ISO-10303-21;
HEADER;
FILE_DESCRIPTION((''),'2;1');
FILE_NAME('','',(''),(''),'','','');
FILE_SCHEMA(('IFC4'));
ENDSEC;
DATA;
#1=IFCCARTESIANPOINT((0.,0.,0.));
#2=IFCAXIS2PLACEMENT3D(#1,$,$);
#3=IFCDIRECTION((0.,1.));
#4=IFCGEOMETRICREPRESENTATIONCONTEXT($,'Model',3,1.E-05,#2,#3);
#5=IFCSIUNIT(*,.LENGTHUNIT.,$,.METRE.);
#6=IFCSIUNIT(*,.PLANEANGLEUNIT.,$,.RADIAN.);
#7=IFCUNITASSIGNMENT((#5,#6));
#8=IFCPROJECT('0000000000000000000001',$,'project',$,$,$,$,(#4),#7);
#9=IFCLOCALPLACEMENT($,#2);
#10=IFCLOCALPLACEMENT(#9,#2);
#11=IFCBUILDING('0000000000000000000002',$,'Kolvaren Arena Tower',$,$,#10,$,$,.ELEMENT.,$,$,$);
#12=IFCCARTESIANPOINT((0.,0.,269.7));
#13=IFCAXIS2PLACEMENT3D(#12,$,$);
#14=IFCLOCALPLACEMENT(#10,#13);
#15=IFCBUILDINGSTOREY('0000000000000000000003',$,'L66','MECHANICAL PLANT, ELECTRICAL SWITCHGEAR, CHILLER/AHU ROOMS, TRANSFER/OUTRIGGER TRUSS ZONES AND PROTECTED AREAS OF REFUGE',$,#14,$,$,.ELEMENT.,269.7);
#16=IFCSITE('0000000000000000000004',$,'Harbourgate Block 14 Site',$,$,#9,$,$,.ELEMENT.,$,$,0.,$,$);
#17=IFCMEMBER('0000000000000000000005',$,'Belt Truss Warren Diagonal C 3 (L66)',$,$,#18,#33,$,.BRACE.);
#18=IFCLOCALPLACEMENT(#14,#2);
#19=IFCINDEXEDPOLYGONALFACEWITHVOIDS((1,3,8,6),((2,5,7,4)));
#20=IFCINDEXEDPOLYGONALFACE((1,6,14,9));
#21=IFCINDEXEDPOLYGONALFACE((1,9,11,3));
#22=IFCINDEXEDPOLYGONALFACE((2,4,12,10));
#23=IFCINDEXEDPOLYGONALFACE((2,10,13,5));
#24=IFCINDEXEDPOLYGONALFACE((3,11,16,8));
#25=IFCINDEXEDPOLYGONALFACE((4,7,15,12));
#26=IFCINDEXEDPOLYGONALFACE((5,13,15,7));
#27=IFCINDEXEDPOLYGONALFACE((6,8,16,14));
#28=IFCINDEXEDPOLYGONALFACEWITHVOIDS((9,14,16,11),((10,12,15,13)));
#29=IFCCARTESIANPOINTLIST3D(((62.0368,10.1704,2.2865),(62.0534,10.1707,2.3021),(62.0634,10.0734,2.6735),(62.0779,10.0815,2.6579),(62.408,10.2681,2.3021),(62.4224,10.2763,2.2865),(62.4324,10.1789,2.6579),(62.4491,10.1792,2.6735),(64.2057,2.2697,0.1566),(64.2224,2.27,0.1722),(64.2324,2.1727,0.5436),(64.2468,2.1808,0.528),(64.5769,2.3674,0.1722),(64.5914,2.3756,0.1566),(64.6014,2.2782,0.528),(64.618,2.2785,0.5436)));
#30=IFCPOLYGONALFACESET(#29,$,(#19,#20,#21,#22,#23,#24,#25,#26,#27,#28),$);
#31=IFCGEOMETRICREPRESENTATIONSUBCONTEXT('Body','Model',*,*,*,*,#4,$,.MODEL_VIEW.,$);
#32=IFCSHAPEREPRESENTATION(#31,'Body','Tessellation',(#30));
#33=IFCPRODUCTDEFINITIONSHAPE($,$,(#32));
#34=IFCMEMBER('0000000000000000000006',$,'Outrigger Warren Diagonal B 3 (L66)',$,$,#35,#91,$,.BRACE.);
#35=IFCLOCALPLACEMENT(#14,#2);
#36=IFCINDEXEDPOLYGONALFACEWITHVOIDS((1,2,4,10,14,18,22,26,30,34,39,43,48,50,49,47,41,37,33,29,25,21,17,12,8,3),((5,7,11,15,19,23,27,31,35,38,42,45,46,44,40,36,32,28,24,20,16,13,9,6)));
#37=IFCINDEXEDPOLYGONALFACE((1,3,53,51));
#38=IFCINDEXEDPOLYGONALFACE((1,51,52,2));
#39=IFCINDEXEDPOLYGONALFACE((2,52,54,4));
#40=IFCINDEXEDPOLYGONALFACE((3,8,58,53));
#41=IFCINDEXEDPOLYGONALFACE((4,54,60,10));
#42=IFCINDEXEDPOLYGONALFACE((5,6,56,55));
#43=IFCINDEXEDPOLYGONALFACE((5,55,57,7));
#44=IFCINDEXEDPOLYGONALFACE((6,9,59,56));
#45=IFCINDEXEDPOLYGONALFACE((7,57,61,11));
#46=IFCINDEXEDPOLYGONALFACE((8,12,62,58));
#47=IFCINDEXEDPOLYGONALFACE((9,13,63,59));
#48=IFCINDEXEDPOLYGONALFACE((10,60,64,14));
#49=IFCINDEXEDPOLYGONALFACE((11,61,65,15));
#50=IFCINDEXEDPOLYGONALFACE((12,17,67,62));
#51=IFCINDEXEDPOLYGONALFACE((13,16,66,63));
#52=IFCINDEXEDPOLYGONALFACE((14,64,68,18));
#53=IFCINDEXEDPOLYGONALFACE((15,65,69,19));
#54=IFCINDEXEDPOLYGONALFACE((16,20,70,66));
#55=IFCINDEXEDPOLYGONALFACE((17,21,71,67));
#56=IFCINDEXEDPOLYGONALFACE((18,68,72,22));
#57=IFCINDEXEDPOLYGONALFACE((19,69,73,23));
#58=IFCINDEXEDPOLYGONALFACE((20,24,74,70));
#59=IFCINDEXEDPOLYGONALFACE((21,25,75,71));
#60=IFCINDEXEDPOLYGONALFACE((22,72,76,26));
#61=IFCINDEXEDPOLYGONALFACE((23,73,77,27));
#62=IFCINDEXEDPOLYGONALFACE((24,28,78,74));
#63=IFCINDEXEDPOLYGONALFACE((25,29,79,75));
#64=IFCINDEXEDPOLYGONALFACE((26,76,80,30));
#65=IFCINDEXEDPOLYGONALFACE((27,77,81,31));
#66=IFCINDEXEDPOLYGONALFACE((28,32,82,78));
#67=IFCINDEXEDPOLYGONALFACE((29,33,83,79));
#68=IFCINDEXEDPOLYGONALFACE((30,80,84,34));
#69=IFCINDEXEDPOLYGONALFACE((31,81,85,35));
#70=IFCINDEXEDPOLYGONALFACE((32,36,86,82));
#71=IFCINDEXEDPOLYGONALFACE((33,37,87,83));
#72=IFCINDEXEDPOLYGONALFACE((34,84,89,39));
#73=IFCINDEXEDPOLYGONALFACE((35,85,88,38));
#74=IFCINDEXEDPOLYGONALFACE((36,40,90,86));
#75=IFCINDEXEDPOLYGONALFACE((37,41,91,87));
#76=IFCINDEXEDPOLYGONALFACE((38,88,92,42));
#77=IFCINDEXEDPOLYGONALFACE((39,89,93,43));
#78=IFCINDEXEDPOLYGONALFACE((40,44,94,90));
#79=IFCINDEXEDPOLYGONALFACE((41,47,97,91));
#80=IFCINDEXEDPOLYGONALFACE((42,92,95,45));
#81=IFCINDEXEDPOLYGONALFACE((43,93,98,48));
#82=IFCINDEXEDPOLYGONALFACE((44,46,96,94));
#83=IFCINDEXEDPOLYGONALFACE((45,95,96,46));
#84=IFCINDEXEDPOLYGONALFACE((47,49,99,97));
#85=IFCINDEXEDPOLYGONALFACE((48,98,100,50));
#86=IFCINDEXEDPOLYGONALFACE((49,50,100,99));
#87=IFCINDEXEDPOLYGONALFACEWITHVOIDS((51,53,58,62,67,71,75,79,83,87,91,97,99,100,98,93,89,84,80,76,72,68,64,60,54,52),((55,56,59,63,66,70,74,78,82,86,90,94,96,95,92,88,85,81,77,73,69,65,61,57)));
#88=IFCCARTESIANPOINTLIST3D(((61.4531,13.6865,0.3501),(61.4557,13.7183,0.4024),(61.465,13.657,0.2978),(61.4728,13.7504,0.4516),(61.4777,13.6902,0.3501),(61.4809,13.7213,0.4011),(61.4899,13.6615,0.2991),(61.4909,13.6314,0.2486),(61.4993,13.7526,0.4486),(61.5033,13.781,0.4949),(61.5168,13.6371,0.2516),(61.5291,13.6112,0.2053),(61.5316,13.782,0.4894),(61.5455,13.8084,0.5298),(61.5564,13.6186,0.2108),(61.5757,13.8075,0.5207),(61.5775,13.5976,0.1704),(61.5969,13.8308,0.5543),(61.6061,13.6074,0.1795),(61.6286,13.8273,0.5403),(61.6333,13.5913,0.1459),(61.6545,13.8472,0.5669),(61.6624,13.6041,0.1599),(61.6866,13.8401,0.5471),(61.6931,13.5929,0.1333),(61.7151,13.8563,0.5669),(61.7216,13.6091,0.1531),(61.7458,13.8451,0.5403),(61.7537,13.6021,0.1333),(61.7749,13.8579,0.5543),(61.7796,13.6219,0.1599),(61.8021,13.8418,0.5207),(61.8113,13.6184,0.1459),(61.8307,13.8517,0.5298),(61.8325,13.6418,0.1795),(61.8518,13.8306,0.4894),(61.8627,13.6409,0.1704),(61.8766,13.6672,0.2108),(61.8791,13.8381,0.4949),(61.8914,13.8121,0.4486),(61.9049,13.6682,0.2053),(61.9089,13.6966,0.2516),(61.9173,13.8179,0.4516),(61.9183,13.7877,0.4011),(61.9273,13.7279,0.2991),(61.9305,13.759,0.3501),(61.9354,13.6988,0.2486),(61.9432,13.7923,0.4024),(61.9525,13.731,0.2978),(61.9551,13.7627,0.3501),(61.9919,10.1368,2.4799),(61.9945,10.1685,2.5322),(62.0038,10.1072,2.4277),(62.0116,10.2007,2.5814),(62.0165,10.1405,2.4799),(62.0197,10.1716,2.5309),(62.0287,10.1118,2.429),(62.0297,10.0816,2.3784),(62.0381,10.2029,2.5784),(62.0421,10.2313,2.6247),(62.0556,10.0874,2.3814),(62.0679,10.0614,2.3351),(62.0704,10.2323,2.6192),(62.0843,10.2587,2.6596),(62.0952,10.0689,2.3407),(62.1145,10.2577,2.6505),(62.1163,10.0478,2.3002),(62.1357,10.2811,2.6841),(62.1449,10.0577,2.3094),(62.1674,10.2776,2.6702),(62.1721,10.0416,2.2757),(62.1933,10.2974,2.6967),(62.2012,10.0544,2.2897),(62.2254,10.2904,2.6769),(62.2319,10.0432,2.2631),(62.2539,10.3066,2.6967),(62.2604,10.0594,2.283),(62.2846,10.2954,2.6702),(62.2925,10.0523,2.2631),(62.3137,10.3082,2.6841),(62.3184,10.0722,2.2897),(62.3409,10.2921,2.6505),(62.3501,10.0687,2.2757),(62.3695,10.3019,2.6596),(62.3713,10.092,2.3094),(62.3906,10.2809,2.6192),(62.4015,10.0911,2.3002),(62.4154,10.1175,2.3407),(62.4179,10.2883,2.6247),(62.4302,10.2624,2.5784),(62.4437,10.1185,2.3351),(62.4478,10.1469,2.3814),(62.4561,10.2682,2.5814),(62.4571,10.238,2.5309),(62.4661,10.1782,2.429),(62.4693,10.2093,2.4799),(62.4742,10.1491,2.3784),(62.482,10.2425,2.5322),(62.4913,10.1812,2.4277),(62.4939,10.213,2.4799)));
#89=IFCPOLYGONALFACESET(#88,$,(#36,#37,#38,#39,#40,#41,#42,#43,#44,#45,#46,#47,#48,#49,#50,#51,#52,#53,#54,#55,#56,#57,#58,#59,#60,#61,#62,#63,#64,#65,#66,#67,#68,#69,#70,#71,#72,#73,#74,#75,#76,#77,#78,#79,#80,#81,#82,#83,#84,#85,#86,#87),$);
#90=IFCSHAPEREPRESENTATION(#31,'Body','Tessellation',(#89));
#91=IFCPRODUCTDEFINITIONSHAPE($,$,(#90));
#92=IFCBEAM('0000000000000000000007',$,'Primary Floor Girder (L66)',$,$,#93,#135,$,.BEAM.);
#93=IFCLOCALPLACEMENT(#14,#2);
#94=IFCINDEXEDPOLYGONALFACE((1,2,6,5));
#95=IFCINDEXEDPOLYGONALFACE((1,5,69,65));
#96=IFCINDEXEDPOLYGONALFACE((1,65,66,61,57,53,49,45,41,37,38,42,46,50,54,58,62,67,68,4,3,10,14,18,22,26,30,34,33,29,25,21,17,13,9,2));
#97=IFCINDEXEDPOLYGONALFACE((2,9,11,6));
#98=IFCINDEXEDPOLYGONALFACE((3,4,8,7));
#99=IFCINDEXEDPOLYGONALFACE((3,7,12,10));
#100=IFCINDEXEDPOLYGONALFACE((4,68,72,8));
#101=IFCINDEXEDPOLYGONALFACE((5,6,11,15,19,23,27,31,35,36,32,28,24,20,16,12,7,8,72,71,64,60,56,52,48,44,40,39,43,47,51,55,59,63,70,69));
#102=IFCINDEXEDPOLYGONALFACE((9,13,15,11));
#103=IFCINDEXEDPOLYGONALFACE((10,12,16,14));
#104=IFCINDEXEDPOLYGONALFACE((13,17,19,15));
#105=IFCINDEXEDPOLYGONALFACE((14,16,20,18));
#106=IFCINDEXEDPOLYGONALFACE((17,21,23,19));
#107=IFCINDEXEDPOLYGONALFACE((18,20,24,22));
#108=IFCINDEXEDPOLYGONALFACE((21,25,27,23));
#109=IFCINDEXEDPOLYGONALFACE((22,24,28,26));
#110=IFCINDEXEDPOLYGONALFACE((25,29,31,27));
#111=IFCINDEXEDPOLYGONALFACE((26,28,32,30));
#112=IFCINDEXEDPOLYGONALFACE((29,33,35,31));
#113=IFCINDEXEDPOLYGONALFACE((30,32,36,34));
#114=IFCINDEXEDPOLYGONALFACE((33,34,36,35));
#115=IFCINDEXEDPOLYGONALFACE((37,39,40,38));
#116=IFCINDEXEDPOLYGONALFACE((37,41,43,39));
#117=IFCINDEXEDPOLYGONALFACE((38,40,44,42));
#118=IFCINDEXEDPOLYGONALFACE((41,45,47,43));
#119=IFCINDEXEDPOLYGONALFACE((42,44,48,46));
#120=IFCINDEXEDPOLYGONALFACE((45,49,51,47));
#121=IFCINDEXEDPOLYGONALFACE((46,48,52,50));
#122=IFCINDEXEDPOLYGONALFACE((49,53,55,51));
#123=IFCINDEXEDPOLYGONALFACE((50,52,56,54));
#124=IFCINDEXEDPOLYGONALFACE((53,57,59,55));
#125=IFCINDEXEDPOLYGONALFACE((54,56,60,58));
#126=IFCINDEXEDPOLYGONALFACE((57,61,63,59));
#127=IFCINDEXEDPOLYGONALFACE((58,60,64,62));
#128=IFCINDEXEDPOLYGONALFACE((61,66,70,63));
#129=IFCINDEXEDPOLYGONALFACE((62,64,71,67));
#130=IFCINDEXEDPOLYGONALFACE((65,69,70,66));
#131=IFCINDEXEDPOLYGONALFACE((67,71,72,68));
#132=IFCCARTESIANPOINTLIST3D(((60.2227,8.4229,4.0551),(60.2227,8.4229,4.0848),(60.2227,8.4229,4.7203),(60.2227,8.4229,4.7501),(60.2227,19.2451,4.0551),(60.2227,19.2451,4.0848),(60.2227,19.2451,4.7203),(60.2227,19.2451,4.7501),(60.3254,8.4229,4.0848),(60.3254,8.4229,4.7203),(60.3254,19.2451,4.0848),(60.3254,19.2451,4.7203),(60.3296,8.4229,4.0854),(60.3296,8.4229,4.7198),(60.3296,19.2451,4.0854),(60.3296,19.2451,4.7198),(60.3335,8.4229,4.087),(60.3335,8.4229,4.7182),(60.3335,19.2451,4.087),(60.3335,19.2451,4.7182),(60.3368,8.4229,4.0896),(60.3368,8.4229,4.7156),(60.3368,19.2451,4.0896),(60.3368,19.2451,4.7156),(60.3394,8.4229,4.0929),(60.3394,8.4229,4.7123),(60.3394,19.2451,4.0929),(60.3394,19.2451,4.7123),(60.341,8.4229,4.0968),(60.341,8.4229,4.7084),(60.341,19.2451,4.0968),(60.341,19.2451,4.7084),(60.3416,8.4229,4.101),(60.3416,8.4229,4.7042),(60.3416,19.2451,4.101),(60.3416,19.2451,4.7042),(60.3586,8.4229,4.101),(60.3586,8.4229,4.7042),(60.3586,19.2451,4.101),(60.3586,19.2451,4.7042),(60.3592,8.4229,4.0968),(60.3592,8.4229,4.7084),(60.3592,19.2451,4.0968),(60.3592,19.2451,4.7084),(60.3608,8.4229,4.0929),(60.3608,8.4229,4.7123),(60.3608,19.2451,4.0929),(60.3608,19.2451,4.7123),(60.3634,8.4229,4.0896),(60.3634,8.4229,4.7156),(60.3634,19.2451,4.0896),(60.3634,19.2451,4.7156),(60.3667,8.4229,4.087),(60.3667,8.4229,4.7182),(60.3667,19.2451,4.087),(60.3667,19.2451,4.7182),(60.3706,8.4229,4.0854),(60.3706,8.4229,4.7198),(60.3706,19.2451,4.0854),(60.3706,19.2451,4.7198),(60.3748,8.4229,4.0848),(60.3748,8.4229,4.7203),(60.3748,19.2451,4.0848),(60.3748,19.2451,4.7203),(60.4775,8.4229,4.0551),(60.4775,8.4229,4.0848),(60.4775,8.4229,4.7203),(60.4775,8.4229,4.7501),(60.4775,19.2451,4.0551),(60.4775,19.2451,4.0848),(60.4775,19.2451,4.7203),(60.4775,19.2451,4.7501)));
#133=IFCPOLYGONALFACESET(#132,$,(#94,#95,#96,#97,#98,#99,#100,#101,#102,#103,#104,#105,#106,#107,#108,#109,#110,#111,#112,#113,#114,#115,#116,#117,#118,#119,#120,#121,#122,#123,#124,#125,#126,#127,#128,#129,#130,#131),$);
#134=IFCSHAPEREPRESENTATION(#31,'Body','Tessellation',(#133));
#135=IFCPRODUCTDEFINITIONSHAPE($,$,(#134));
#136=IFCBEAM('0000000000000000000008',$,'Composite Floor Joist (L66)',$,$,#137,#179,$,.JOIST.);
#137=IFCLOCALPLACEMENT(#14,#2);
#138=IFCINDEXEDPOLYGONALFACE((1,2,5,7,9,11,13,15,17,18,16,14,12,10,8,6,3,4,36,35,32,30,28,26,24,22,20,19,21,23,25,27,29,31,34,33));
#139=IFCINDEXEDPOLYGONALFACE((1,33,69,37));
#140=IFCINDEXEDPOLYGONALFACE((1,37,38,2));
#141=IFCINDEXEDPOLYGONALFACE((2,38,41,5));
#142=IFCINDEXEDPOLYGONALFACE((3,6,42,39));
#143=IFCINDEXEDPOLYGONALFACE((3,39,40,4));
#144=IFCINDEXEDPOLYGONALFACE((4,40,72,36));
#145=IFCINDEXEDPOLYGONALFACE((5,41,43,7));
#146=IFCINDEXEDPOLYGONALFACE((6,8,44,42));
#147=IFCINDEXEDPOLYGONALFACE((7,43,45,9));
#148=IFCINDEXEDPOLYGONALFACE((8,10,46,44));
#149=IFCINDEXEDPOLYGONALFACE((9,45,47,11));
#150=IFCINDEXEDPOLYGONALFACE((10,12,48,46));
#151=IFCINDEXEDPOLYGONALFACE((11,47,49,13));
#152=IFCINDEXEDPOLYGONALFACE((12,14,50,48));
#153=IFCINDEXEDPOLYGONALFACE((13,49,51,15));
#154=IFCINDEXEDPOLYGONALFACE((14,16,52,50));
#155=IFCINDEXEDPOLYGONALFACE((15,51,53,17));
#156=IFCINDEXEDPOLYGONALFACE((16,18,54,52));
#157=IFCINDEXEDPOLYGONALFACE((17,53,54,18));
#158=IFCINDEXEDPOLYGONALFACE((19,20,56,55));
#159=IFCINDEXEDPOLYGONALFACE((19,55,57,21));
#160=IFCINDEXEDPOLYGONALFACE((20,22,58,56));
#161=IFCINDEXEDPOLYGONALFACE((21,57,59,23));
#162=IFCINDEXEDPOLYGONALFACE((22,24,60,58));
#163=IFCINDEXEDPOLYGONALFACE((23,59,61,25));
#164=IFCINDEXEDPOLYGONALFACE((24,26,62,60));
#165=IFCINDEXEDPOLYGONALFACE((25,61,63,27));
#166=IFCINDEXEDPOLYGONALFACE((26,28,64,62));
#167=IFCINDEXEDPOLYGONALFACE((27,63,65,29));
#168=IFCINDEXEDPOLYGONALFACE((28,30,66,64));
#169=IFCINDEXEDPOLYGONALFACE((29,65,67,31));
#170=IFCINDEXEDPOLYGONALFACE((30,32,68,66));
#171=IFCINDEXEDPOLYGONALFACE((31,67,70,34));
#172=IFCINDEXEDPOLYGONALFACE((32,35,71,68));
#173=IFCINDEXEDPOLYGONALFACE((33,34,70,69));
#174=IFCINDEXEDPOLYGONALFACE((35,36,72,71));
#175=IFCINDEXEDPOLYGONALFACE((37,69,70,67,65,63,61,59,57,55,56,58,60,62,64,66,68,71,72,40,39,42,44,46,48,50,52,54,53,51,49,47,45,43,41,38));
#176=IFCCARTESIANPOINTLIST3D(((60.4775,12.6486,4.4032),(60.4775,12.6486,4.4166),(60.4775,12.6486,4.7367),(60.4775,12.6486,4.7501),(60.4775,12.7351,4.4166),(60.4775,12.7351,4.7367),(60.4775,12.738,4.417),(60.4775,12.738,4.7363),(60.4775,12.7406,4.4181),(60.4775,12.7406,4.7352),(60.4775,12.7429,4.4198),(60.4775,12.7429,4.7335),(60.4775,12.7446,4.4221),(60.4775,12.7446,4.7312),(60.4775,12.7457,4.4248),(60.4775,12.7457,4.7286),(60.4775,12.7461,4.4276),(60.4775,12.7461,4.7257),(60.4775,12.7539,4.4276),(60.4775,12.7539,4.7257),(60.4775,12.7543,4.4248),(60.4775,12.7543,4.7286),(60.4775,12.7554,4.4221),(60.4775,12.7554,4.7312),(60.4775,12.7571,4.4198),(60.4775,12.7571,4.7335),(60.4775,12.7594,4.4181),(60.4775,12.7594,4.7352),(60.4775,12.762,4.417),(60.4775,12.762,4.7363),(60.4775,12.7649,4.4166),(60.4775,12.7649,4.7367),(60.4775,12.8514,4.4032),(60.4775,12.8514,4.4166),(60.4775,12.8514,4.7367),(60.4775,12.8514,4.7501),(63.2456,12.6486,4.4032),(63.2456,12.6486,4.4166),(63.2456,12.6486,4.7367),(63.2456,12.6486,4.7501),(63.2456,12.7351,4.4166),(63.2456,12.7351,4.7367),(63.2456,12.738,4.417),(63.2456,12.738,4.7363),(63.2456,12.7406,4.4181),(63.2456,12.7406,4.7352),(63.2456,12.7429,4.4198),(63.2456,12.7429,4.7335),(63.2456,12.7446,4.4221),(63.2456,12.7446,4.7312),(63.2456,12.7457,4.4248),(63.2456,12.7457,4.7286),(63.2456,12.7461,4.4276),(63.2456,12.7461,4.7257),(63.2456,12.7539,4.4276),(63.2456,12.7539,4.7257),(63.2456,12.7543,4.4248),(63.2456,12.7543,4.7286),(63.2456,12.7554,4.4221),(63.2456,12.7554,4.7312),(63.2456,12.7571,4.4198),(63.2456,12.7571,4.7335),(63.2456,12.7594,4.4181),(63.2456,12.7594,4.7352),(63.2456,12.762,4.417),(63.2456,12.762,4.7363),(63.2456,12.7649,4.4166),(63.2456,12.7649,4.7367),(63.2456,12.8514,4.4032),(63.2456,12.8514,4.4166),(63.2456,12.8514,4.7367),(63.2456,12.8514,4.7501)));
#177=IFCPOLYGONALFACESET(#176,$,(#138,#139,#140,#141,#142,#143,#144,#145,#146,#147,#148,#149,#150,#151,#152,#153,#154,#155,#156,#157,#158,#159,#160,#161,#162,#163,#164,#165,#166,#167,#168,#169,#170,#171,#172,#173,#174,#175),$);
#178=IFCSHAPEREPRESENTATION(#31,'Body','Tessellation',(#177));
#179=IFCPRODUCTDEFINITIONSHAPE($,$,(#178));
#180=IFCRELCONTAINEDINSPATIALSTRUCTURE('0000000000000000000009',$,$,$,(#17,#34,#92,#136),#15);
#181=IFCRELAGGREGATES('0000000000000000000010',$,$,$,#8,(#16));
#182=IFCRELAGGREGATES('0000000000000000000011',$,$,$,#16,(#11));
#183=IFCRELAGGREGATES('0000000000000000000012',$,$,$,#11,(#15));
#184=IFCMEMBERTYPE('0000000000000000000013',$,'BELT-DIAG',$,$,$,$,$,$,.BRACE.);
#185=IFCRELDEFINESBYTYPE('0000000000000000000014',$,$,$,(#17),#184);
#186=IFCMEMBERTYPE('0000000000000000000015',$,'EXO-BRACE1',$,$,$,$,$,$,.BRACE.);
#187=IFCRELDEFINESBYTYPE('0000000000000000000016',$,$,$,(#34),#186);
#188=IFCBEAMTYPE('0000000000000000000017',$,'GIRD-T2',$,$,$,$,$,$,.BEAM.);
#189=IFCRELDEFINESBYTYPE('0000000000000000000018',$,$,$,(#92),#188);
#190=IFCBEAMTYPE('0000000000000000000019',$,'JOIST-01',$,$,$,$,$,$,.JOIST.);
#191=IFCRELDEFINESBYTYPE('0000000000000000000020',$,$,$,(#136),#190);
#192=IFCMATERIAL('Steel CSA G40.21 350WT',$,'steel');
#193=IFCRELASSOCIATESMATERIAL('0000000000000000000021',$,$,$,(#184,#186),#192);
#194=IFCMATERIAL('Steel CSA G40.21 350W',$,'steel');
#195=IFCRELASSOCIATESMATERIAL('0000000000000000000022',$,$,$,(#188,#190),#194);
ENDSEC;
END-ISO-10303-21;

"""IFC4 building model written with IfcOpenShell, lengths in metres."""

from ifc_helpers import new_model, si_unit, direction, frame, origin, origin_2d, place, context, subcontext, project, spatial, hollow_rectangle, hollow_circle, i_section, extrude, material, material_profile, profile_set, type_object, element, save


model = new_model("IFC4")

# Units and contexts
model_context = context("Model", 3, precision=1e-05, world=origin(), true_north=direction((0.0, 1.0)))
body_context = subcontext(model_context, "Body", "Model", "MODEL_VIEW")
ifc_project = project(units=[si_unit("LENGTHUNIT", "METRE"), si_unit("PLANEANGLEUNIT", "RADIAN")], contexts=[model_context])

# Site, building, storey
site_placement = place(None, origin())
site = spatial("IfcSite", under=ifc_project, at=site_placement, Name="Harbourgate Block 14 Site", CompositionType="ELEMENT", RefElevation=0.0)
building_placement = place(site_placement, origin())
building = spatial("IfcBuilding", under=site, at=building_placement, Name="Kolvaren Arena Tower", CompositionType="ELEMENT")
storey_placement = place(building_placement, frame((0.0, 0.0, 269.7)))
storey = spatial("IfcBuildingStorey", under=building, at=storey_placement, Name="L66", Description="MECHANICAL PLANT, ELECTRICAL SWITCHGEAR, CHILLER/AHU ROOMS, TRANSFER/OUTRIGGER TRUSS ZONES AND PROTECTED AREAS OF REFUGE", CompositionType="ELEMENT", Elevation=269.7)

# Members
ifc_material_1 = material(Name="Steel CSA G40.21 350WT", Category="steel")
ifc_material_profile_1 = material_profile(ifc_material_1, hollow_rectangle(XDim=0.3999, YDim=0.3999, WallThickness=0.0161, at=origin_2d()), Name="HSS 400x400x16")
ifc_profile_set_1 = profile_set([ifc_material_profile_1], Name="Steel CSA G40.21 350WT")
member_type_1 = type_object("IfcMemberType", Name="BELT-DIAG", PredefinedType="BRACE", material=ifc_profile_set_1)
member_1_placement = place(storey_placement, frame((62.2429, 10.1748, 2.48), z_axis=(0.256217, -0.9333, -0.251603), x_axis=(0.964322, 0.264733, 0.0)))
element("IfcMember", 1, at=member_1_placement, inside=storey, type_object=member_type_1, Name="Belt Truss Warren Diagonal C 3 (L66)", PredefinedType="BRACE", context=body_context, shape_type="SweptSolid", body=[
    extrude(hollow_rectangle(XDim=0.3999, YDim=0.3999, WallThickness=0.0161, at=origin_2d()), origin(), (0.0, 0.0, 1.0), 8.4653),
])
ifc_material_profile_2 = material_profile(ifc_material_1, hollow_circle(Radius=0.2539, WallThickness=0.0249, at=origin_2d()), Name="CHS 508x25")
ifc_profile_set_2 = profile_set([ifc_material_profile_2], Name="Steel CSA G40.21 350WT")
member_type_2 = type_object("IfcMemberType", Name="EXO-BRACE1", PredefinedType="BRACE", material=ifc_profile_set_2)
member_2_placement = place(storey_placement, frame((61.7041, 13.7246, 0.3501), z_axis=(0.129069, -0.850321, 0.510192), x_axis=(0.988675, 0.150069, 0.0)))
element("IfcMember", 2, at=member_2_placement, inside=storey, type_object=member_type_2, Name="Outrigger Warren Diagonal B 3 (L66)", PredefinedType="BRACE", context=body_context, shape_type="SweptSolid", body=[
    extrude(hollow_circle(Radius=0.2539, WallThickness=0.0249, at=origin_2d()), origin(), (0.0, 0.0, 1.0), 4.1746),
])

# Beams
ifc_material_2 = material(Name="Steel CSA G40.21 350W", Category="steel")
ifc_material_profile_3 = material_profile(ifc_material_2, i_section(OverallWidth=0.2549, OverallDepth=0.6951, WebThickness=0.0171, FlangeThickness=0.0298, FilletRadius=0.0161, at=origin_2d()), Name="W690x217")
ifc_profile_set_3 = profile_set([ifc_material_profile_3], Name="Steel CSA G40.21 350W")
beam_type_1 = type_object("IfcBeamType", Name="GIRD-T2", PredefinedType="BEAM", material=ifc_profile_set_3)
beam_1_placement = place(storey_placement, frame((60.3501, 8.4229, 4.4026), z_axis=(0.0, 1.0, 0.0), x_axis=(-1.0, 0.0, 0.0)))
element("IfcBeam", 3, at=beam_1_placement, inside=storey, type_object=beam_type_1, Name="Primary Floor Girder (L66)", PredefinedType="BEAM", context=body_context, shape_type="SweptSolid", body=[
    extrude(i_section(OverallWidth=0.2549, OverallDepth=0.6951, WebThickness=0.0171, FlangeThickness=0.0298, FilletRadius=0.0161, at=origin_2d()), origin(), (0.0, 0.0, 1.0), 10.8223),
])
ifc_material_profile_4 = material_profile(ifc_material_2, i_section(OverallWidth=0.2029, OverallDepth=0.3469, WebThickness=0.0078, FlangeThickness=0.0134, FilletRadius=0.011, at=origin_2d()), Name="W360x64")
ifc_profile_set_4 = profile_set([ifc_material_profile_4], Name="Steel CSA G40.21 350W")
beam_type_2 = type_object("IfcBeamType", Name="JOIST-01", PredefinedType="JOIST", material=ifc_profile_set_4)
beam_2_placement = place(storey_placement, frame((60.4775, 12.75, 4.5767), z_axis=(1.0, 0.0, 0.0), x_axis=(0.0, 1.0, 0.0)))
element("IfcBeam", 4, at=beam_2_placement, inside=storey, type_object=beam_type_2, Name="Composite Floor Joist (L66)", PredefinedType="JOIST", context=body_context, shape_type="SweptSolid", body=[
    extrude(i_section(OverallWidth=0.2029, OverallDepth=0.3469, WebThickness=0.0078, FlangeThickness=0.0134, FilletRadius=0.011, at=origin_2d()), origin(), (0.0, 0.0, 1.0), 2.7681),
])

save(model, "model.ifc")
